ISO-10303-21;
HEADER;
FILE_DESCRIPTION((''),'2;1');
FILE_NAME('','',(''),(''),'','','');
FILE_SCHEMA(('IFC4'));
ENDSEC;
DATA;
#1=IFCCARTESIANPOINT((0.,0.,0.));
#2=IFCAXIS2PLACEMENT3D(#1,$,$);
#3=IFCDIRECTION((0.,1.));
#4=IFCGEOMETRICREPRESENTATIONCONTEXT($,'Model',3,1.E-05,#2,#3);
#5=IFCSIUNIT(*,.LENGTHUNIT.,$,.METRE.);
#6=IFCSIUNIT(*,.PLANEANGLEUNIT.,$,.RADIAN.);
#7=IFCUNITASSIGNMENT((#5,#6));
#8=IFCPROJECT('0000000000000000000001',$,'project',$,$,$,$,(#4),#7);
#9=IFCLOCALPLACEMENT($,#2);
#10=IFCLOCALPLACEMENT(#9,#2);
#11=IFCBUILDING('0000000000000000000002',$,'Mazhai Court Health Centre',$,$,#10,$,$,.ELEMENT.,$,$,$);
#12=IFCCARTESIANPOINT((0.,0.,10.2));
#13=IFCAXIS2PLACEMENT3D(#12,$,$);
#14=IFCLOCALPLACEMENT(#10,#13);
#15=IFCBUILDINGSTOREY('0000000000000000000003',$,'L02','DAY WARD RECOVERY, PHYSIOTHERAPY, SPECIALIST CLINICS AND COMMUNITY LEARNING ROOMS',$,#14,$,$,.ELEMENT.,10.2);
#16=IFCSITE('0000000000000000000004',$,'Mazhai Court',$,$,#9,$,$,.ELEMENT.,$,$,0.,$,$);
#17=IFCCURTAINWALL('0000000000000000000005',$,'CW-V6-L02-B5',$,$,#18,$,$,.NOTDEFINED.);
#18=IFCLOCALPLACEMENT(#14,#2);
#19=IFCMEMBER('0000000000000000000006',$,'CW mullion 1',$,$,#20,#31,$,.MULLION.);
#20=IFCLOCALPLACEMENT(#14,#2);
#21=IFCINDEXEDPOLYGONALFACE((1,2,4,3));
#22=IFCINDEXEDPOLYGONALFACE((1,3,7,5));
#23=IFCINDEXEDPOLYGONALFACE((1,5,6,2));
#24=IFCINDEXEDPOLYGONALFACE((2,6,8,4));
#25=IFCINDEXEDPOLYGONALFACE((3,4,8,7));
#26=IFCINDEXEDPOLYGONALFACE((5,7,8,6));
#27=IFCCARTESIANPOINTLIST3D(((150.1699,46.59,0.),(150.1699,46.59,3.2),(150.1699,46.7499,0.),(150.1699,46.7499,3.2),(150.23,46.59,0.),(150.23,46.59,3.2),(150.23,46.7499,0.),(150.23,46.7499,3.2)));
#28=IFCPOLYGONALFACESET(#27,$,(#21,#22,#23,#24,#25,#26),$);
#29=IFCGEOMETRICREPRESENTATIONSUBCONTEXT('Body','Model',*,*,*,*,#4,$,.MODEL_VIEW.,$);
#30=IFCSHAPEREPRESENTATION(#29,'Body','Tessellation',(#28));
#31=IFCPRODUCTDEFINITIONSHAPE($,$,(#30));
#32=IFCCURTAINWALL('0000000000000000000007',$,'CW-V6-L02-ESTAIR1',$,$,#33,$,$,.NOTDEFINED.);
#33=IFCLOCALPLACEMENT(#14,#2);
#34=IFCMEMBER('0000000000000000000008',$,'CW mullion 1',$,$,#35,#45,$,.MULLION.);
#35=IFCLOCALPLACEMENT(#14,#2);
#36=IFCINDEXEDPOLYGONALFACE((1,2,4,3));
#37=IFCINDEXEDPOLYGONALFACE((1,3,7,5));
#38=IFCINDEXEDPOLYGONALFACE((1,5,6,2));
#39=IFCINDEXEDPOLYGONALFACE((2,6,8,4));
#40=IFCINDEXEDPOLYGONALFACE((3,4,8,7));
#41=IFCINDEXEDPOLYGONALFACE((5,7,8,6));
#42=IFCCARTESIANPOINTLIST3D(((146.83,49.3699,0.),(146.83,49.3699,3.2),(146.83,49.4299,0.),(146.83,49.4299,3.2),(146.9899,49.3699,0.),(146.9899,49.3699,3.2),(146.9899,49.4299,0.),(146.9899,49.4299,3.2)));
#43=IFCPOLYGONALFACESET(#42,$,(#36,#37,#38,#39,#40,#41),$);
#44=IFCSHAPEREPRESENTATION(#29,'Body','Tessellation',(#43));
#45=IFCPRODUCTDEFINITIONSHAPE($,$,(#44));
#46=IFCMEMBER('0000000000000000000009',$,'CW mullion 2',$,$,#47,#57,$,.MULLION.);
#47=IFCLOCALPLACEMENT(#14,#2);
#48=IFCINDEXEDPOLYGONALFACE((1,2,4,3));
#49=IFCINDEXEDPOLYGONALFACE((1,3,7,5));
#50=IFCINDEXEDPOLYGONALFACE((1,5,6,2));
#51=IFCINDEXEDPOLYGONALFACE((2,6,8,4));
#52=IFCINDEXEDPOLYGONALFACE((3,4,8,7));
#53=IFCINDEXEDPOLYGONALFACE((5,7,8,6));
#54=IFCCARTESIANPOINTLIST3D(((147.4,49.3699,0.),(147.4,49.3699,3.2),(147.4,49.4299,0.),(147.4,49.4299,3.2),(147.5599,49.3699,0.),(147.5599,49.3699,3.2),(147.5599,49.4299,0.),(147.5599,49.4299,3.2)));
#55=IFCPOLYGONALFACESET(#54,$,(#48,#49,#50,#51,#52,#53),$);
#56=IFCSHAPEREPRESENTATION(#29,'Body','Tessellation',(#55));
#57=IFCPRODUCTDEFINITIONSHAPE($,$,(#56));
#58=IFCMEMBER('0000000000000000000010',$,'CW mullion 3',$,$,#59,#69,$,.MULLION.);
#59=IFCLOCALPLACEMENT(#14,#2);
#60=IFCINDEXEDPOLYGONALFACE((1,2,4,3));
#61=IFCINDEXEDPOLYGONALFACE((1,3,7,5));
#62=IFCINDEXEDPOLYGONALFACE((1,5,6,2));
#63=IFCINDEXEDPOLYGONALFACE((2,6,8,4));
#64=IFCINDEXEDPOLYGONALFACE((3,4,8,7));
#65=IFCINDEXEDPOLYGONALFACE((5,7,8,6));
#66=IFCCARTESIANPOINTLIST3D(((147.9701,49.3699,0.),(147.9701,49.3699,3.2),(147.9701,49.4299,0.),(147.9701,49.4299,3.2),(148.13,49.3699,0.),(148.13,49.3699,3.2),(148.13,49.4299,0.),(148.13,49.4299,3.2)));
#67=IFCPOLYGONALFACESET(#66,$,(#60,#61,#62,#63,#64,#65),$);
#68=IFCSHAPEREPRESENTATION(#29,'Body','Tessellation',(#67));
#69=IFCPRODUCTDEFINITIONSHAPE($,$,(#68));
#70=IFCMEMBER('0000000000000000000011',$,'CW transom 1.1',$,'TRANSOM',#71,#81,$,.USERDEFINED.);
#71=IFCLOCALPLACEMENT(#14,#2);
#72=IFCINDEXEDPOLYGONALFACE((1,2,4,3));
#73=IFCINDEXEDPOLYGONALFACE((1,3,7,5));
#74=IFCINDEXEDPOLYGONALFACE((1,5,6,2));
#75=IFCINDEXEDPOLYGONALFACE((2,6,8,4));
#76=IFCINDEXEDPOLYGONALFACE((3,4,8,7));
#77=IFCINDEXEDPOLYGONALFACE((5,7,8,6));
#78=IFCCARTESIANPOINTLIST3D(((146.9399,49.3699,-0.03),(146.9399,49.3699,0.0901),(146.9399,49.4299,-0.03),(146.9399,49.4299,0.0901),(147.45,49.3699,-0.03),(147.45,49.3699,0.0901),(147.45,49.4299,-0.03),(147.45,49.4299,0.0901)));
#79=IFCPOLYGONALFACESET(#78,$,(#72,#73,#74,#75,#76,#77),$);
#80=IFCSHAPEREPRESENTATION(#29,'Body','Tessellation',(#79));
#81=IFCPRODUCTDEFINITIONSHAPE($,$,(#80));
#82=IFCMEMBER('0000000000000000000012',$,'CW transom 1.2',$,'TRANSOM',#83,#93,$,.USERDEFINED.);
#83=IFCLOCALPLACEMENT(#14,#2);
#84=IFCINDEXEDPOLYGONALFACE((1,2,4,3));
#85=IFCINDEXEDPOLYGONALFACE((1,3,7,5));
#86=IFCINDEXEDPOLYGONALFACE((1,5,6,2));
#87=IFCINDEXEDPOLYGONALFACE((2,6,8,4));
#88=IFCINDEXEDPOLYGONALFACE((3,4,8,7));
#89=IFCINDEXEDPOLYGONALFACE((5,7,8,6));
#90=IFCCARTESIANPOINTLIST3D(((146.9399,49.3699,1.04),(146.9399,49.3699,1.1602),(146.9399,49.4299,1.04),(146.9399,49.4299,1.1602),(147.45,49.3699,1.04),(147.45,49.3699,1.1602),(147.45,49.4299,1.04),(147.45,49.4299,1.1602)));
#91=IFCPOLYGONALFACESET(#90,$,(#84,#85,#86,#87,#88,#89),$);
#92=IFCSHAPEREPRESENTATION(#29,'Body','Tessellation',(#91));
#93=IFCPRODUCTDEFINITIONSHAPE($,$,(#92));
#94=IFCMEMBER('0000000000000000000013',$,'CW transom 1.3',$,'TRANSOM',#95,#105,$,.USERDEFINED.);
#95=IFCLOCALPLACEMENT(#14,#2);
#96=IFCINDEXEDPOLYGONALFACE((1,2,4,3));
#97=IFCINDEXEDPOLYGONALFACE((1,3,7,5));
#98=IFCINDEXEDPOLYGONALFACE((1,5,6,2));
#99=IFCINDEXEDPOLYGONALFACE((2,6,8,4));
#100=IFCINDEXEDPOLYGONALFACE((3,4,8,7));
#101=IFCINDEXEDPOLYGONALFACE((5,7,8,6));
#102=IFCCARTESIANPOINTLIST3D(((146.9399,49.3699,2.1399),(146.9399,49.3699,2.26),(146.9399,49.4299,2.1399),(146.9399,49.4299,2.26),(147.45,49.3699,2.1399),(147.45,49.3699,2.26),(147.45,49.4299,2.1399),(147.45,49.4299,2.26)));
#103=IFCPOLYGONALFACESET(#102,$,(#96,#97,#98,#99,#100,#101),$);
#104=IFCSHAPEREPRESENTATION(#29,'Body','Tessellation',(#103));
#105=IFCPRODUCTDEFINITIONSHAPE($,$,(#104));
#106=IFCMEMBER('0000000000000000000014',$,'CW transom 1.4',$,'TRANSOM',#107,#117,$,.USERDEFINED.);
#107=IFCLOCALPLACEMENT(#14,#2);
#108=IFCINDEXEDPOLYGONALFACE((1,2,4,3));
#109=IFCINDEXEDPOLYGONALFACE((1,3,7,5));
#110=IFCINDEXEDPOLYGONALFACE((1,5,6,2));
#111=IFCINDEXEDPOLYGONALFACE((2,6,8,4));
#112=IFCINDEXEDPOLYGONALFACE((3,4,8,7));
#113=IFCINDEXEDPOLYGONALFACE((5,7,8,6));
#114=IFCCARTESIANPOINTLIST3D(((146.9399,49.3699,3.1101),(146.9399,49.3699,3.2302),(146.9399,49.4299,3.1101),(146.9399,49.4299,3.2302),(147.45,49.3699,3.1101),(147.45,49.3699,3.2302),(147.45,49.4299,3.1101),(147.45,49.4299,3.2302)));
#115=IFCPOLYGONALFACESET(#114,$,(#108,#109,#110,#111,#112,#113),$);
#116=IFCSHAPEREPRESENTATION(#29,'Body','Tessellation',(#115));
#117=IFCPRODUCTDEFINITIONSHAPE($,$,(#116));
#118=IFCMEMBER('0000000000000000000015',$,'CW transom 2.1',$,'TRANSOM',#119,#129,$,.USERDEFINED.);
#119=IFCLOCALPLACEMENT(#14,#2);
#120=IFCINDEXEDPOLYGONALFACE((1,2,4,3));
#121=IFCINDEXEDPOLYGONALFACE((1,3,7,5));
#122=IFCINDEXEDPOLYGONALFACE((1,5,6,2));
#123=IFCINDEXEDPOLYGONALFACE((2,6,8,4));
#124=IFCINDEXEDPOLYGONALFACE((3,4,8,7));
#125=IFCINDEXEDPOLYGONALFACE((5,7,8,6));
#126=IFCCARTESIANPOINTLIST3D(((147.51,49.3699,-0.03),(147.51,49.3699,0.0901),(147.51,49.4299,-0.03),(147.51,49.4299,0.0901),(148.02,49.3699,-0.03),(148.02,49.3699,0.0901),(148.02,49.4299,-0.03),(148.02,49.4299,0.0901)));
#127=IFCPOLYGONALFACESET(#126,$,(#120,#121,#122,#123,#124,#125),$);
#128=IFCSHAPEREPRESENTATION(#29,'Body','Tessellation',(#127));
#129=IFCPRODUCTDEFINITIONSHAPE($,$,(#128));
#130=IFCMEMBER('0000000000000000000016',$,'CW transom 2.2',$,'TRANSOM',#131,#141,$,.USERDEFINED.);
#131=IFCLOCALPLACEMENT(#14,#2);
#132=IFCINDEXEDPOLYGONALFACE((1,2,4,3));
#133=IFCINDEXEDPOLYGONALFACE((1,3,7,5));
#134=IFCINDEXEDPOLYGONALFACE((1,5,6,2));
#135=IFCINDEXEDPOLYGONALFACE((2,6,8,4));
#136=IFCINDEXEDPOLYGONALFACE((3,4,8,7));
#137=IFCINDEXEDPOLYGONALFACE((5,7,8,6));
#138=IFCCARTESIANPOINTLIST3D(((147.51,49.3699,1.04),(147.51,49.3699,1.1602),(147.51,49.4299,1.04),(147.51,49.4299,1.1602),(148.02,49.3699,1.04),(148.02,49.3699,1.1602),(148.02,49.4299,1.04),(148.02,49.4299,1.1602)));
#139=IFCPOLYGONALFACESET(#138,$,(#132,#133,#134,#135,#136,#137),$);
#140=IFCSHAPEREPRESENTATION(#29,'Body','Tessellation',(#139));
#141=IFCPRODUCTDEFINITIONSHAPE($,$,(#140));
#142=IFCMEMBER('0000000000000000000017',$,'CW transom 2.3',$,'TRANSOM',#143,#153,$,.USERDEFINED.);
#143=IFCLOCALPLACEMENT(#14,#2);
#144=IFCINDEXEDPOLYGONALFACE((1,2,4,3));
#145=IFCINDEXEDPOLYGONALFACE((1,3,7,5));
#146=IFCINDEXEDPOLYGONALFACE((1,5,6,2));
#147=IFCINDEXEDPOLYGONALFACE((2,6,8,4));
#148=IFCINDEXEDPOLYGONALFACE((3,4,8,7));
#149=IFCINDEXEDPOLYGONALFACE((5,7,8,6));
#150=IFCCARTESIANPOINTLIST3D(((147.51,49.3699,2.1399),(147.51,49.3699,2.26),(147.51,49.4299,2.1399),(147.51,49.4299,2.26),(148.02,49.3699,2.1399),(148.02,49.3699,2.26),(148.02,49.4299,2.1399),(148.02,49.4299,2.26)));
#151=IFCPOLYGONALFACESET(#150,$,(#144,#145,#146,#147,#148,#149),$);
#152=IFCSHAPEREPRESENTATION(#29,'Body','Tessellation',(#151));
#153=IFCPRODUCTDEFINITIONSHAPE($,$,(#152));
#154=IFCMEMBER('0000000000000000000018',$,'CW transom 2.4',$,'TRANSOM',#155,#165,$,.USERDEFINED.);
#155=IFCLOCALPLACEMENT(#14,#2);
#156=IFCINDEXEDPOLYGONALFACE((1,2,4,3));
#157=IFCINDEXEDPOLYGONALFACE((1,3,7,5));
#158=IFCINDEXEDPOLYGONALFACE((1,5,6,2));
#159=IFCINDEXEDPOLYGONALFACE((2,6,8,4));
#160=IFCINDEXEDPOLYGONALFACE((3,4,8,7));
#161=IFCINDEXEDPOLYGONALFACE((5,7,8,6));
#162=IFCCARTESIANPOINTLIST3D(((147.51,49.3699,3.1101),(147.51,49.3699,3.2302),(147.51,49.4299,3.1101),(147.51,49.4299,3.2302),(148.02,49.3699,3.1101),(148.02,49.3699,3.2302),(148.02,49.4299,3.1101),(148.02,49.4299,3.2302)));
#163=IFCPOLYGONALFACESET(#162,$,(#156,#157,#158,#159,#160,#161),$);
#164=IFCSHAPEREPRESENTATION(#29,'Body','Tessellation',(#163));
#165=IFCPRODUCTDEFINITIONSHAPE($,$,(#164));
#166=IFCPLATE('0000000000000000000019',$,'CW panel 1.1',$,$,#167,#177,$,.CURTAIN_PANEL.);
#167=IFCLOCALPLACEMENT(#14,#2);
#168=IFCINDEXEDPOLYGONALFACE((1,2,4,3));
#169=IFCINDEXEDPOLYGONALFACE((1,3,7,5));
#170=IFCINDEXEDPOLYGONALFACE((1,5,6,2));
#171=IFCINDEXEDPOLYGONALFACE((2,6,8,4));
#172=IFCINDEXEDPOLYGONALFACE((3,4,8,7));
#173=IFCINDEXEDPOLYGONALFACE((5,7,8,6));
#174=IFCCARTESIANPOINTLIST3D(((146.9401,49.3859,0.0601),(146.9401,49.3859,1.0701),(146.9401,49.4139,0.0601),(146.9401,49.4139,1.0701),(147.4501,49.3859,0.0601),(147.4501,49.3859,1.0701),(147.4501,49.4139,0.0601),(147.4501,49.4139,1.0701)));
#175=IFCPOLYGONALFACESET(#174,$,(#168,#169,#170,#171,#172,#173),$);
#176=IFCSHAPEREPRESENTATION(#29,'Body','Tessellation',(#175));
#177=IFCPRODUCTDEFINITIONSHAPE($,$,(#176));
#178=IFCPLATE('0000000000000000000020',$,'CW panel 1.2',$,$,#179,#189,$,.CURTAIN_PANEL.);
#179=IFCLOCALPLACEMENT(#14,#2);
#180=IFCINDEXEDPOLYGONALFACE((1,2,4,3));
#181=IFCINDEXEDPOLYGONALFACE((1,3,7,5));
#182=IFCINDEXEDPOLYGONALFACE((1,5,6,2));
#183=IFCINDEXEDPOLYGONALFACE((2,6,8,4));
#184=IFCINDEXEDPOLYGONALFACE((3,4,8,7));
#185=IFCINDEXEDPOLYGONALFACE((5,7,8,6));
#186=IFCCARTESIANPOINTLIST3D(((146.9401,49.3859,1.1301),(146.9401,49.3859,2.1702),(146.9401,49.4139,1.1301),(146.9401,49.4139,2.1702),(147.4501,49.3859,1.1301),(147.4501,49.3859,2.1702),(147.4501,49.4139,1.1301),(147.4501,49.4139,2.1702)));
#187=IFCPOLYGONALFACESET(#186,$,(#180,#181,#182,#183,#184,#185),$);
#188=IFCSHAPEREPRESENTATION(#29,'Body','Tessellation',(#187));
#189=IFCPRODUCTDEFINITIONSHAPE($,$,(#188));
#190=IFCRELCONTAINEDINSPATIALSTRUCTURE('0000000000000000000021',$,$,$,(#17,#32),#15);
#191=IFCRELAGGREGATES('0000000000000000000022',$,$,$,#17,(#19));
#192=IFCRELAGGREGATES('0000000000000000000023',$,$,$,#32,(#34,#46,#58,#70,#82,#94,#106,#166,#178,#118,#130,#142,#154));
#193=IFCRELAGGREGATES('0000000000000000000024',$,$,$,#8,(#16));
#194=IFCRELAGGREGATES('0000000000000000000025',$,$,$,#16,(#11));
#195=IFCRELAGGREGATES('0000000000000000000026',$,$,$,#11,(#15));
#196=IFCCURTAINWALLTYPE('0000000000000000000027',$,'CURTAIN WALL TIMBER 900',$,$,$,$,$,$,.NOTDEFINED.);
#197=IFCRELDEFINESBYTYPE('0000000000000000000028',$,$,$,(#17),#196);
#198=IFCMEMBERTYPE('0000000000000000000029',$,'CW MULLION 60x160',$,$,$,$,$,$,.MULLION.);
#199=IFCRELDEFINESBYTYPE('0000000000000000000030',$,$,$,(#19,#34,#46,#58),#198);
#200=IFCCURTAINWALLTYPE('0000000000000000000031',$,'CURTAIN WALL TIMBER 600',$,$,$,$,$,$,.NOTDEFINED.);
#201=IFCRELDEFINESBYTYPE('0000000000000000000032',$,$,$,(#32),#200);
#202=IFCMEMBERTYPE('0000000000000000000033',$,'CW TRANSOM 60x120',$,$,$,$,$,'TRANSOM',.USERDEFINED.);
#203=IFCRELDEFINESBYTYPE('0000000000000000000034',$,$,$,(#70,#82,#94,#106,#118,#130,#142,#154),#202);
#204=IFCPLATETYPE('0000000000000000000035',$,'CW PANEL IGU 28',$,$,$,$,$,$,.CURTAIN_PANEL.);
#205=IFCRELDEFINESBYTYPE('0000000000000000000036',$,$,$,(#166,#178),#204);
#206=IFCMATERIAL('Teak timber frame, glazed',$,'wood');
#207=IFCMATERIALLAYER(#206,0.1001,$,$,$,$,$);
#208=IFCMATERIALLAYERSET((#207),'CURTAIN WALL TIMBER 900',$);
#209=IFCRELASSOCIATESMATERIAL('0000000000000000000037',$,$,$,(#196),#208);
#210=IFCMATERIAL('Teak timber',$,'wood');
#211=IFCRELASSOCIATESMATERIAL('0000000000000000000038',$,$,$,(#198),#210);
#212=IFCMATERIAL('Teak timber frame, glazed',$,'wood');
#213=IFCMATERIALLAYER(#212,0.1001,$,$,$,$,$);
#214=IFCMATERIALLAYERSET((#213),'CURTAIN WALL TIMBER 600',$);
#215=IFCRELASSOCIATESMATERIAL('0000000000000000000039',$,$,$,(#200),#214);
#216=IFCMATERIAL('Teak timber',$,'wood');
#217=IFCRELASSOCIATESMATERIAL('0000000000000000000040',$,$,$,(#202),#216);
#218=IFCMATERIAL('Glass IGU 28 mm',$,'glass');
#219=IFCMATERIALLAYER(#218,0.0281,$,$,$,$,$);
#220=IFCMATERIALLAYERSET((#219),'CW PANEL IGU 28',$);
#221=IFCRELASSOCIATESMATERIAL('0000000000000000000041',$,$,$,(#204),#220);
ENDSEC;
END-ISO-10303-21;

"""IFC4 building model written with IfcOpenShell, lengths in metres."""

from ifc_helpers import new_model, si_unit, direction, frame, origin, origin_2d, place, context, subcontext, project, spatial, rectangle, extrude, material, layer, layer_set, material_profile, profile_set, type_object, element, aggregate, save


model = new_model("IFC4")

# Units and contexts
model_context = context("Model", 3, precision=1e-05, world=origin(), true_north=direction((0.0, 1.0)))
body_context = subcontext(model_context, "Body", "Model", "MODEL_VIEW")
ifc_project = project(units=[si_unit("LENGTHUNIT", "METRE"), si_unit("PLANEANGLEUNIT", "RADIAN")], contexts=[model_context])

# Site, building, storey
site_placement = place(None, origin())
site = spatial("IfcSite", under=ifc_project, at=site_placement, Name="Mazhai Court", CompositionType="ELEMENT", RefElevation=0.0)
building_placement = place(site_placement, origin())
building = spatial("IfcBuilding", under=site, at=building_placement, Name="Mazhai Court Health Centre", CompositionType="ELEMENT")
storey_placement = place(building_placement, frame((0.0, 0.0, 10.2)))
storey = spatial("IfcBuildingStorey", under=building, at=storey_placement, Name="L02", Description="DAY WARD RECOVERY, PHYSIOTHERAPY, SPECIALIST CLINICS AND COMMUNITY LEARNING ROOMS", CompositionType="ELEMENT", Elevation=10.2)

# Curtain wall, member
ifc_material_1 = material(Name="Teak timber frame, glazed", Category="wood")
ifc_layer_1 = layer(ifc_material_1, 0.1001)
ifc_layer_set_1 = layer_set([ifc_layer_1], Name="CURTAIN WALL TIMBER 900")
curtain_wall_type_1 = type_object("IfcCurtainWallType", Name="CURTAIN WALL TIMBER 900", PredefinedType="NOTDEFINED", material=ifc_layer_set_1)
curtain_wall_1_placement = place(storey_placement, origin())
curtain_wall_1 = element("IfcCurtainWall", 1, at=curtain_wall_1_placement, inside=storey, type_object=curtain_wall_type_1, Name="CW-V6-L02-B5", PredefinedType="NOTDEFINED")
ifc_material_2 = material(Name="Teak timber", Category="wood")
ifc_material_profile_1 = material_profile(ifc_material_2, rectangle(XDim=0.0601, YDim=0.1599, at=origin_2d()), Name="CW MULLION 60x160")
ifc_profile_set_1 = profile_set([ifc_material_profile_1], Name="Teak timber")
member_type_1 = type_object("IfcMemberType", Name="CW MULLION 60x160", PredefinedType="MULLION", material=ifc_profile_set_1)
member_1_placement = place(storey_placement, frame((150.2, 46.6699, 0.0), z_axis=(0.0, 0.0, 1.0), x_axis=(1.0, 0.0, 0.0)))
member_1 = element("IfcMember", 2, at=member_1_placement, type_object=member_type_1, Name="CW mullion 1", PredefinedType="MULLION", context=body_context, shape_type="SweptSolid", body=[
    extrude(rectangle(XDim=0.0601, YDim=0.1599, at=origin_2d()), origin(), (0.0, 0.0, 1.0), 3.2),
])
aggregate(curtain_wall_1, [member_1])

# Curtain wall, members, plates
ifc_material_3 = material(Name="Teak timber frame, glazed", Category="wood")
ifc_layer_2 = layer(ifc_material_3, 0.1001)
ifc_layer_set_2 = layer_set([ifc_layer_2], Name="CURTAIN WALL TIMBER 600")
curtain_wall_type_2 = type_object("IfcCurtainWallType", Name="CURTAIN WALL TIMBER 600", PredefinedType="NOTDEFINED", material=ifc_layer_set_2)
curtain_wall_2_placement = place(storey_placement, origin())
curtain_wall_2 = element("IfcCurtainWall", 3, at=curtain_wall_2_placement, inside=storey, type_object=curtain_wall_type_2, Name="CW-V6-L02-ESTAIR1", PredefinedType="NOTDEFINED")
member_2_placement = place(storey_placement, frame((146.9099, 49.3999, 0.0), z_axis=(0.0, 0.0, 1.0), x_axis=(0.0, 1.0, 0.0)))
member_2 = element("IfcMember", 4, at=member_2_placement, type_object=member_type_1, Name="CW mullion 1", PredefinedType="MULLION", context=body_context, shape_type="SweptSolid", body=[
    extrude(rectangle(XDim=0.0601, YDim=0.1599, at=origin_2d()), origin(), (0.0, 0.0, 1.0), 3.2),
])
member_3_placement = place(storey_placement, frame((147.48, 49.3999, 0.0), z_axis=(0.0, 0.0, 1.0), x_axis=(0.0, 1.0, 0.0)))
member_3 = element("IfcMember", 5, at=member_3_placement, type_object=member_type_1, Name="CW mullion 2", PredefinedType="MULLION", context=body_context, shape_type="SweptSolid", body=[
    extrude(rectangle(XDim=0.0601, YDim=0.1599, at=origin_2d()), origin(), (0.0, 0.0, 1.0), 3.2),
])
member_4_placement = place(storey_placement, frame((148.05, 49.3999, 0.0), z_axis=(0.0, 0.0, 1.0), x_axis=(0.0, 1.0, 0.0)))
member_4 = element("IfcMember", 6, at=member_4_placement, type_object=member_type_1, Name="CW mullion 3", PredefinedType="MULLION", context=body_context, shape_type="SweptSolid", body=[
    extrude(rectangle(XDim=0.0601, YDim=0.1599, at=origin_2d()), origin(), (0.0, 0.0, 1.0), 3.2),
])
ifc_material_4 = material(Name="Teak timber", Category="wood")
ifc_material_profile_2 = material_profile(ifc_material_4, rectangle(XDim=0.0601, YDim=0.1201, at=origin_2d()), Name="CW TRANSOM 60x120")
ifc_profile_set_2 = profile_set([ifc_material_profile_2], Name="Teak timber")
member_type_2 = type_object("IfcMemberType", Name="CW TRANSOM 60x120", ElementType="TRANSOM", PredefinedType="USERDEFINED", material=ifc_profile_set_2)
member_5_placement = place(storey_placement, frame((146.9399, 49.3999, 0.03), z_axis=(1.0, 0.0, 0.0), x_axis=(0.0, 1.0, 0.0)))
member_5 = element("IfcMember", 7, at=member_5_placement, type_object=member_type_2, Name="CW transom 1.1", ObjectType="TRANSOM", PredefinedType="USERDEFINED", context=body_context, shape_type="SweptSolid", body=[
    extrude(rectangle(XDim=0.0601, YDim=0.1201, at=origin_2d()), origin(), (0.0, 0.0, 1.0), 0.51),
])
member_6_placement = place(storey_placement, frame((146.9399, 49.3999, 1.1001), z_axis=(1.0, 0.0, 0.0), x_axis=(0.0, 1.0, 0.0)))
member_6 = element("IfcMember", 8, at=member_6_placement, type_object=member_type_2, Name="CW transom 1.2", ObjectType="TRANSOM", PredefinedType="USERDEFINED", context=body_context, shape_type="SweptSolid", body=[
    extrude(rectangle(XDim=0.0601, YDim=0.1201, at=origin_2d()), origin(), (0.0, 0.0, 1.0), 0.51),
])
member_7_placement = place(storey_placement, frame((146.9399, 49.3999, 2.2), z_axis=(1.0, 0.0, 0.0), x_axis=(0.0, 1.0, 0.0)))
member_7 = element("IfcMember", 9, at=member_7_placement, type_object=member_type_2, Name="CW transom 1.3", ObjectType="TRANSOM", PredefinedType="USERDEFINED", context=body_context, shape_type="SweptSolid", body=[
    extrude(rectangle(XDim=0.0601, YDim=0.1201, at=origin_2d()), origin(), (0.0, 0.0, 1.0), 0.51),
])
member_8_placement = place(storey_placement, frame((146.9399, 49.3999, 3.1702), z_axis=(1.0, 0.0, 0.0), x_axis=(0.0, 1.0, 0.0)))
member_8 = element("IfcMember", 10, at=member_8_placement, type_object=member_type_2, Name="CW transom 1.4", ObjectType="TRANSOM", PredefinedType="USERDEFINED", context=body_context, shape_type="SweptSolid", body=[
    extrude(rectangle(XDim=0.0601, YDim=0.1201, at=origin_2d()), origin(), (0.0, 0.0, 1.0), 0.51),
])
member_9_placement = place(storey_placement, frame((147.51, 49.3999, 0.03), z_axis=(1.0, 0.0, 0.0), x_axis=(0.0, 1.0, 0.0)))
member_9 = element("IfcMember", 11, at=member_9_placement, type_object=member_type_2, Name="CW transom 2.1", ObjectType="TRANSOM", PredefinedType="USERDEFINED", context=body_context, shape_type="SweptSolid", body=[
    extrude(rectangle(XDim=0.0601, YDim=0.1201, at=origin_2d()), origin(), (0.0, 0.0, 1.0), 0.51),
])
member_10_placement = place(storey_placement, frame((147.51, 49.3999, 1.1001), z_axis=(1.0, 0.0, 0.0), x_axis=(0.0, 1.0, 0.0)))
member_10 = element("IfcMember", 12, at=member_10_placement, type_object=member_type_2, Name="CW transom 2.2", ObjectType="TRANSOM", PredefinedType="USERDEFINED", context=body_context, shape_type="SweptSolid", body=[
    extrude(rectangle(XDim=0.0601, YDim=0.1201, at=origin_2d()), origin(), (0.0, 0.0, 1.0), 0.51),
])
member_11_placement = place(storey_placement, frame((147.51, 49.3999, 2.2), z_axis=(1.0, 0.0, 0.0), x_axis=(0.0, 1.0, 0.0)))
member_11 = element("IfcMember", 13, at=member_11_placement, type_object=member_type_2, Name="CW transom 2.3", ObjectType="TRANSOM", PredefinedType="USERDEFINED", context=body_context, shape_type="SweptSolid", body=[
    extrude(rectangle(XDim=0.0601, YDim=0.1201, at=origin_2d()), origin(), (0.0, 0.0, 1.0), 0.51),
])
member_12_placement = place(storey_placement, frame((147.51, 49.3999, 3.1702), z_axis=(1.0, 0.0, 0.0), x_axis=(0.0, 1.0, 0.0)))
member_12 = element("IfcMember", 14, at=member_12_placement, type_object=member_type_2, Name="CW transom 2.4", ObjectType="TRANSOM", PredefinedType="USERDEFINED", context=body_context, shape_type="SweptSolid", body=[
    extrude(rectangle(XDim=0.0601, YDim=0.1201, at=origin_2d()), origin(), (0.0, 0.0, 1.0), 0.51),
])
ifc_material_5 = material(Name="Glass IGU 28 mm", Category="glass")
ifc_layer_3 = layer(ifc_material_5, 0.0281)
ifc_layer_set_3 = layer_set([ifc_layer_3], Name="CW PANEL IGU 28")
plate_type = type_object("IfcPlateType", Name="CW PANEL IGU 28", PredefinedType="CURTAIN_PANEL", material=ifc_layer_set_3)
plate_1_placement = place(storey_placement, frame((147.1951, 49.3999, 0.0601), z_axis=(0.0, 0.0, 1.0), x_axis=(1.0, 0.0, 0.0)))
plate_1 = element("IfcPlate", 15, at=plate_1_placement, type_object=plate_type, Name="CW panel 1.1", PredefinedType="CURTAIN_PANEL", context=body_context, shape_type="SweptSolid", body=[
    extrude(rectangle(XDim=0.51, YDim=0.0281, at=origin_2d()), origin(), (0.0, 0.0, 1.0), 1.01),
])
plate_2_placement = place(storey_placement, frame((147.1951, 49.3999, 1.1301), z_axis=(0.0, 0.0, 1.0), x_axis=(1.0, 0.0, 0.0)))
plate_2 = element("IfcPlate", 16, at=plate_2_placement, type_object=plate_type, Name="CW panel 1.2", PredefinedType="CURTAIN_PANEL", context=body_context, shape_type="SweptSolid", body=[
    extrude(rectangle(XDim=0.51, YDim=0.0281, at=origin_2d()), origin(), (0.0, 0.0, 1.0), 1.04),
])
aggregate(curtain_wall_2, [member_2, member_3, member_4, member_5, member_6, member_7, member_8, plate_1, plate_2, member_9, member_10, member_11, member_12])

save(model, "model.ifc")
